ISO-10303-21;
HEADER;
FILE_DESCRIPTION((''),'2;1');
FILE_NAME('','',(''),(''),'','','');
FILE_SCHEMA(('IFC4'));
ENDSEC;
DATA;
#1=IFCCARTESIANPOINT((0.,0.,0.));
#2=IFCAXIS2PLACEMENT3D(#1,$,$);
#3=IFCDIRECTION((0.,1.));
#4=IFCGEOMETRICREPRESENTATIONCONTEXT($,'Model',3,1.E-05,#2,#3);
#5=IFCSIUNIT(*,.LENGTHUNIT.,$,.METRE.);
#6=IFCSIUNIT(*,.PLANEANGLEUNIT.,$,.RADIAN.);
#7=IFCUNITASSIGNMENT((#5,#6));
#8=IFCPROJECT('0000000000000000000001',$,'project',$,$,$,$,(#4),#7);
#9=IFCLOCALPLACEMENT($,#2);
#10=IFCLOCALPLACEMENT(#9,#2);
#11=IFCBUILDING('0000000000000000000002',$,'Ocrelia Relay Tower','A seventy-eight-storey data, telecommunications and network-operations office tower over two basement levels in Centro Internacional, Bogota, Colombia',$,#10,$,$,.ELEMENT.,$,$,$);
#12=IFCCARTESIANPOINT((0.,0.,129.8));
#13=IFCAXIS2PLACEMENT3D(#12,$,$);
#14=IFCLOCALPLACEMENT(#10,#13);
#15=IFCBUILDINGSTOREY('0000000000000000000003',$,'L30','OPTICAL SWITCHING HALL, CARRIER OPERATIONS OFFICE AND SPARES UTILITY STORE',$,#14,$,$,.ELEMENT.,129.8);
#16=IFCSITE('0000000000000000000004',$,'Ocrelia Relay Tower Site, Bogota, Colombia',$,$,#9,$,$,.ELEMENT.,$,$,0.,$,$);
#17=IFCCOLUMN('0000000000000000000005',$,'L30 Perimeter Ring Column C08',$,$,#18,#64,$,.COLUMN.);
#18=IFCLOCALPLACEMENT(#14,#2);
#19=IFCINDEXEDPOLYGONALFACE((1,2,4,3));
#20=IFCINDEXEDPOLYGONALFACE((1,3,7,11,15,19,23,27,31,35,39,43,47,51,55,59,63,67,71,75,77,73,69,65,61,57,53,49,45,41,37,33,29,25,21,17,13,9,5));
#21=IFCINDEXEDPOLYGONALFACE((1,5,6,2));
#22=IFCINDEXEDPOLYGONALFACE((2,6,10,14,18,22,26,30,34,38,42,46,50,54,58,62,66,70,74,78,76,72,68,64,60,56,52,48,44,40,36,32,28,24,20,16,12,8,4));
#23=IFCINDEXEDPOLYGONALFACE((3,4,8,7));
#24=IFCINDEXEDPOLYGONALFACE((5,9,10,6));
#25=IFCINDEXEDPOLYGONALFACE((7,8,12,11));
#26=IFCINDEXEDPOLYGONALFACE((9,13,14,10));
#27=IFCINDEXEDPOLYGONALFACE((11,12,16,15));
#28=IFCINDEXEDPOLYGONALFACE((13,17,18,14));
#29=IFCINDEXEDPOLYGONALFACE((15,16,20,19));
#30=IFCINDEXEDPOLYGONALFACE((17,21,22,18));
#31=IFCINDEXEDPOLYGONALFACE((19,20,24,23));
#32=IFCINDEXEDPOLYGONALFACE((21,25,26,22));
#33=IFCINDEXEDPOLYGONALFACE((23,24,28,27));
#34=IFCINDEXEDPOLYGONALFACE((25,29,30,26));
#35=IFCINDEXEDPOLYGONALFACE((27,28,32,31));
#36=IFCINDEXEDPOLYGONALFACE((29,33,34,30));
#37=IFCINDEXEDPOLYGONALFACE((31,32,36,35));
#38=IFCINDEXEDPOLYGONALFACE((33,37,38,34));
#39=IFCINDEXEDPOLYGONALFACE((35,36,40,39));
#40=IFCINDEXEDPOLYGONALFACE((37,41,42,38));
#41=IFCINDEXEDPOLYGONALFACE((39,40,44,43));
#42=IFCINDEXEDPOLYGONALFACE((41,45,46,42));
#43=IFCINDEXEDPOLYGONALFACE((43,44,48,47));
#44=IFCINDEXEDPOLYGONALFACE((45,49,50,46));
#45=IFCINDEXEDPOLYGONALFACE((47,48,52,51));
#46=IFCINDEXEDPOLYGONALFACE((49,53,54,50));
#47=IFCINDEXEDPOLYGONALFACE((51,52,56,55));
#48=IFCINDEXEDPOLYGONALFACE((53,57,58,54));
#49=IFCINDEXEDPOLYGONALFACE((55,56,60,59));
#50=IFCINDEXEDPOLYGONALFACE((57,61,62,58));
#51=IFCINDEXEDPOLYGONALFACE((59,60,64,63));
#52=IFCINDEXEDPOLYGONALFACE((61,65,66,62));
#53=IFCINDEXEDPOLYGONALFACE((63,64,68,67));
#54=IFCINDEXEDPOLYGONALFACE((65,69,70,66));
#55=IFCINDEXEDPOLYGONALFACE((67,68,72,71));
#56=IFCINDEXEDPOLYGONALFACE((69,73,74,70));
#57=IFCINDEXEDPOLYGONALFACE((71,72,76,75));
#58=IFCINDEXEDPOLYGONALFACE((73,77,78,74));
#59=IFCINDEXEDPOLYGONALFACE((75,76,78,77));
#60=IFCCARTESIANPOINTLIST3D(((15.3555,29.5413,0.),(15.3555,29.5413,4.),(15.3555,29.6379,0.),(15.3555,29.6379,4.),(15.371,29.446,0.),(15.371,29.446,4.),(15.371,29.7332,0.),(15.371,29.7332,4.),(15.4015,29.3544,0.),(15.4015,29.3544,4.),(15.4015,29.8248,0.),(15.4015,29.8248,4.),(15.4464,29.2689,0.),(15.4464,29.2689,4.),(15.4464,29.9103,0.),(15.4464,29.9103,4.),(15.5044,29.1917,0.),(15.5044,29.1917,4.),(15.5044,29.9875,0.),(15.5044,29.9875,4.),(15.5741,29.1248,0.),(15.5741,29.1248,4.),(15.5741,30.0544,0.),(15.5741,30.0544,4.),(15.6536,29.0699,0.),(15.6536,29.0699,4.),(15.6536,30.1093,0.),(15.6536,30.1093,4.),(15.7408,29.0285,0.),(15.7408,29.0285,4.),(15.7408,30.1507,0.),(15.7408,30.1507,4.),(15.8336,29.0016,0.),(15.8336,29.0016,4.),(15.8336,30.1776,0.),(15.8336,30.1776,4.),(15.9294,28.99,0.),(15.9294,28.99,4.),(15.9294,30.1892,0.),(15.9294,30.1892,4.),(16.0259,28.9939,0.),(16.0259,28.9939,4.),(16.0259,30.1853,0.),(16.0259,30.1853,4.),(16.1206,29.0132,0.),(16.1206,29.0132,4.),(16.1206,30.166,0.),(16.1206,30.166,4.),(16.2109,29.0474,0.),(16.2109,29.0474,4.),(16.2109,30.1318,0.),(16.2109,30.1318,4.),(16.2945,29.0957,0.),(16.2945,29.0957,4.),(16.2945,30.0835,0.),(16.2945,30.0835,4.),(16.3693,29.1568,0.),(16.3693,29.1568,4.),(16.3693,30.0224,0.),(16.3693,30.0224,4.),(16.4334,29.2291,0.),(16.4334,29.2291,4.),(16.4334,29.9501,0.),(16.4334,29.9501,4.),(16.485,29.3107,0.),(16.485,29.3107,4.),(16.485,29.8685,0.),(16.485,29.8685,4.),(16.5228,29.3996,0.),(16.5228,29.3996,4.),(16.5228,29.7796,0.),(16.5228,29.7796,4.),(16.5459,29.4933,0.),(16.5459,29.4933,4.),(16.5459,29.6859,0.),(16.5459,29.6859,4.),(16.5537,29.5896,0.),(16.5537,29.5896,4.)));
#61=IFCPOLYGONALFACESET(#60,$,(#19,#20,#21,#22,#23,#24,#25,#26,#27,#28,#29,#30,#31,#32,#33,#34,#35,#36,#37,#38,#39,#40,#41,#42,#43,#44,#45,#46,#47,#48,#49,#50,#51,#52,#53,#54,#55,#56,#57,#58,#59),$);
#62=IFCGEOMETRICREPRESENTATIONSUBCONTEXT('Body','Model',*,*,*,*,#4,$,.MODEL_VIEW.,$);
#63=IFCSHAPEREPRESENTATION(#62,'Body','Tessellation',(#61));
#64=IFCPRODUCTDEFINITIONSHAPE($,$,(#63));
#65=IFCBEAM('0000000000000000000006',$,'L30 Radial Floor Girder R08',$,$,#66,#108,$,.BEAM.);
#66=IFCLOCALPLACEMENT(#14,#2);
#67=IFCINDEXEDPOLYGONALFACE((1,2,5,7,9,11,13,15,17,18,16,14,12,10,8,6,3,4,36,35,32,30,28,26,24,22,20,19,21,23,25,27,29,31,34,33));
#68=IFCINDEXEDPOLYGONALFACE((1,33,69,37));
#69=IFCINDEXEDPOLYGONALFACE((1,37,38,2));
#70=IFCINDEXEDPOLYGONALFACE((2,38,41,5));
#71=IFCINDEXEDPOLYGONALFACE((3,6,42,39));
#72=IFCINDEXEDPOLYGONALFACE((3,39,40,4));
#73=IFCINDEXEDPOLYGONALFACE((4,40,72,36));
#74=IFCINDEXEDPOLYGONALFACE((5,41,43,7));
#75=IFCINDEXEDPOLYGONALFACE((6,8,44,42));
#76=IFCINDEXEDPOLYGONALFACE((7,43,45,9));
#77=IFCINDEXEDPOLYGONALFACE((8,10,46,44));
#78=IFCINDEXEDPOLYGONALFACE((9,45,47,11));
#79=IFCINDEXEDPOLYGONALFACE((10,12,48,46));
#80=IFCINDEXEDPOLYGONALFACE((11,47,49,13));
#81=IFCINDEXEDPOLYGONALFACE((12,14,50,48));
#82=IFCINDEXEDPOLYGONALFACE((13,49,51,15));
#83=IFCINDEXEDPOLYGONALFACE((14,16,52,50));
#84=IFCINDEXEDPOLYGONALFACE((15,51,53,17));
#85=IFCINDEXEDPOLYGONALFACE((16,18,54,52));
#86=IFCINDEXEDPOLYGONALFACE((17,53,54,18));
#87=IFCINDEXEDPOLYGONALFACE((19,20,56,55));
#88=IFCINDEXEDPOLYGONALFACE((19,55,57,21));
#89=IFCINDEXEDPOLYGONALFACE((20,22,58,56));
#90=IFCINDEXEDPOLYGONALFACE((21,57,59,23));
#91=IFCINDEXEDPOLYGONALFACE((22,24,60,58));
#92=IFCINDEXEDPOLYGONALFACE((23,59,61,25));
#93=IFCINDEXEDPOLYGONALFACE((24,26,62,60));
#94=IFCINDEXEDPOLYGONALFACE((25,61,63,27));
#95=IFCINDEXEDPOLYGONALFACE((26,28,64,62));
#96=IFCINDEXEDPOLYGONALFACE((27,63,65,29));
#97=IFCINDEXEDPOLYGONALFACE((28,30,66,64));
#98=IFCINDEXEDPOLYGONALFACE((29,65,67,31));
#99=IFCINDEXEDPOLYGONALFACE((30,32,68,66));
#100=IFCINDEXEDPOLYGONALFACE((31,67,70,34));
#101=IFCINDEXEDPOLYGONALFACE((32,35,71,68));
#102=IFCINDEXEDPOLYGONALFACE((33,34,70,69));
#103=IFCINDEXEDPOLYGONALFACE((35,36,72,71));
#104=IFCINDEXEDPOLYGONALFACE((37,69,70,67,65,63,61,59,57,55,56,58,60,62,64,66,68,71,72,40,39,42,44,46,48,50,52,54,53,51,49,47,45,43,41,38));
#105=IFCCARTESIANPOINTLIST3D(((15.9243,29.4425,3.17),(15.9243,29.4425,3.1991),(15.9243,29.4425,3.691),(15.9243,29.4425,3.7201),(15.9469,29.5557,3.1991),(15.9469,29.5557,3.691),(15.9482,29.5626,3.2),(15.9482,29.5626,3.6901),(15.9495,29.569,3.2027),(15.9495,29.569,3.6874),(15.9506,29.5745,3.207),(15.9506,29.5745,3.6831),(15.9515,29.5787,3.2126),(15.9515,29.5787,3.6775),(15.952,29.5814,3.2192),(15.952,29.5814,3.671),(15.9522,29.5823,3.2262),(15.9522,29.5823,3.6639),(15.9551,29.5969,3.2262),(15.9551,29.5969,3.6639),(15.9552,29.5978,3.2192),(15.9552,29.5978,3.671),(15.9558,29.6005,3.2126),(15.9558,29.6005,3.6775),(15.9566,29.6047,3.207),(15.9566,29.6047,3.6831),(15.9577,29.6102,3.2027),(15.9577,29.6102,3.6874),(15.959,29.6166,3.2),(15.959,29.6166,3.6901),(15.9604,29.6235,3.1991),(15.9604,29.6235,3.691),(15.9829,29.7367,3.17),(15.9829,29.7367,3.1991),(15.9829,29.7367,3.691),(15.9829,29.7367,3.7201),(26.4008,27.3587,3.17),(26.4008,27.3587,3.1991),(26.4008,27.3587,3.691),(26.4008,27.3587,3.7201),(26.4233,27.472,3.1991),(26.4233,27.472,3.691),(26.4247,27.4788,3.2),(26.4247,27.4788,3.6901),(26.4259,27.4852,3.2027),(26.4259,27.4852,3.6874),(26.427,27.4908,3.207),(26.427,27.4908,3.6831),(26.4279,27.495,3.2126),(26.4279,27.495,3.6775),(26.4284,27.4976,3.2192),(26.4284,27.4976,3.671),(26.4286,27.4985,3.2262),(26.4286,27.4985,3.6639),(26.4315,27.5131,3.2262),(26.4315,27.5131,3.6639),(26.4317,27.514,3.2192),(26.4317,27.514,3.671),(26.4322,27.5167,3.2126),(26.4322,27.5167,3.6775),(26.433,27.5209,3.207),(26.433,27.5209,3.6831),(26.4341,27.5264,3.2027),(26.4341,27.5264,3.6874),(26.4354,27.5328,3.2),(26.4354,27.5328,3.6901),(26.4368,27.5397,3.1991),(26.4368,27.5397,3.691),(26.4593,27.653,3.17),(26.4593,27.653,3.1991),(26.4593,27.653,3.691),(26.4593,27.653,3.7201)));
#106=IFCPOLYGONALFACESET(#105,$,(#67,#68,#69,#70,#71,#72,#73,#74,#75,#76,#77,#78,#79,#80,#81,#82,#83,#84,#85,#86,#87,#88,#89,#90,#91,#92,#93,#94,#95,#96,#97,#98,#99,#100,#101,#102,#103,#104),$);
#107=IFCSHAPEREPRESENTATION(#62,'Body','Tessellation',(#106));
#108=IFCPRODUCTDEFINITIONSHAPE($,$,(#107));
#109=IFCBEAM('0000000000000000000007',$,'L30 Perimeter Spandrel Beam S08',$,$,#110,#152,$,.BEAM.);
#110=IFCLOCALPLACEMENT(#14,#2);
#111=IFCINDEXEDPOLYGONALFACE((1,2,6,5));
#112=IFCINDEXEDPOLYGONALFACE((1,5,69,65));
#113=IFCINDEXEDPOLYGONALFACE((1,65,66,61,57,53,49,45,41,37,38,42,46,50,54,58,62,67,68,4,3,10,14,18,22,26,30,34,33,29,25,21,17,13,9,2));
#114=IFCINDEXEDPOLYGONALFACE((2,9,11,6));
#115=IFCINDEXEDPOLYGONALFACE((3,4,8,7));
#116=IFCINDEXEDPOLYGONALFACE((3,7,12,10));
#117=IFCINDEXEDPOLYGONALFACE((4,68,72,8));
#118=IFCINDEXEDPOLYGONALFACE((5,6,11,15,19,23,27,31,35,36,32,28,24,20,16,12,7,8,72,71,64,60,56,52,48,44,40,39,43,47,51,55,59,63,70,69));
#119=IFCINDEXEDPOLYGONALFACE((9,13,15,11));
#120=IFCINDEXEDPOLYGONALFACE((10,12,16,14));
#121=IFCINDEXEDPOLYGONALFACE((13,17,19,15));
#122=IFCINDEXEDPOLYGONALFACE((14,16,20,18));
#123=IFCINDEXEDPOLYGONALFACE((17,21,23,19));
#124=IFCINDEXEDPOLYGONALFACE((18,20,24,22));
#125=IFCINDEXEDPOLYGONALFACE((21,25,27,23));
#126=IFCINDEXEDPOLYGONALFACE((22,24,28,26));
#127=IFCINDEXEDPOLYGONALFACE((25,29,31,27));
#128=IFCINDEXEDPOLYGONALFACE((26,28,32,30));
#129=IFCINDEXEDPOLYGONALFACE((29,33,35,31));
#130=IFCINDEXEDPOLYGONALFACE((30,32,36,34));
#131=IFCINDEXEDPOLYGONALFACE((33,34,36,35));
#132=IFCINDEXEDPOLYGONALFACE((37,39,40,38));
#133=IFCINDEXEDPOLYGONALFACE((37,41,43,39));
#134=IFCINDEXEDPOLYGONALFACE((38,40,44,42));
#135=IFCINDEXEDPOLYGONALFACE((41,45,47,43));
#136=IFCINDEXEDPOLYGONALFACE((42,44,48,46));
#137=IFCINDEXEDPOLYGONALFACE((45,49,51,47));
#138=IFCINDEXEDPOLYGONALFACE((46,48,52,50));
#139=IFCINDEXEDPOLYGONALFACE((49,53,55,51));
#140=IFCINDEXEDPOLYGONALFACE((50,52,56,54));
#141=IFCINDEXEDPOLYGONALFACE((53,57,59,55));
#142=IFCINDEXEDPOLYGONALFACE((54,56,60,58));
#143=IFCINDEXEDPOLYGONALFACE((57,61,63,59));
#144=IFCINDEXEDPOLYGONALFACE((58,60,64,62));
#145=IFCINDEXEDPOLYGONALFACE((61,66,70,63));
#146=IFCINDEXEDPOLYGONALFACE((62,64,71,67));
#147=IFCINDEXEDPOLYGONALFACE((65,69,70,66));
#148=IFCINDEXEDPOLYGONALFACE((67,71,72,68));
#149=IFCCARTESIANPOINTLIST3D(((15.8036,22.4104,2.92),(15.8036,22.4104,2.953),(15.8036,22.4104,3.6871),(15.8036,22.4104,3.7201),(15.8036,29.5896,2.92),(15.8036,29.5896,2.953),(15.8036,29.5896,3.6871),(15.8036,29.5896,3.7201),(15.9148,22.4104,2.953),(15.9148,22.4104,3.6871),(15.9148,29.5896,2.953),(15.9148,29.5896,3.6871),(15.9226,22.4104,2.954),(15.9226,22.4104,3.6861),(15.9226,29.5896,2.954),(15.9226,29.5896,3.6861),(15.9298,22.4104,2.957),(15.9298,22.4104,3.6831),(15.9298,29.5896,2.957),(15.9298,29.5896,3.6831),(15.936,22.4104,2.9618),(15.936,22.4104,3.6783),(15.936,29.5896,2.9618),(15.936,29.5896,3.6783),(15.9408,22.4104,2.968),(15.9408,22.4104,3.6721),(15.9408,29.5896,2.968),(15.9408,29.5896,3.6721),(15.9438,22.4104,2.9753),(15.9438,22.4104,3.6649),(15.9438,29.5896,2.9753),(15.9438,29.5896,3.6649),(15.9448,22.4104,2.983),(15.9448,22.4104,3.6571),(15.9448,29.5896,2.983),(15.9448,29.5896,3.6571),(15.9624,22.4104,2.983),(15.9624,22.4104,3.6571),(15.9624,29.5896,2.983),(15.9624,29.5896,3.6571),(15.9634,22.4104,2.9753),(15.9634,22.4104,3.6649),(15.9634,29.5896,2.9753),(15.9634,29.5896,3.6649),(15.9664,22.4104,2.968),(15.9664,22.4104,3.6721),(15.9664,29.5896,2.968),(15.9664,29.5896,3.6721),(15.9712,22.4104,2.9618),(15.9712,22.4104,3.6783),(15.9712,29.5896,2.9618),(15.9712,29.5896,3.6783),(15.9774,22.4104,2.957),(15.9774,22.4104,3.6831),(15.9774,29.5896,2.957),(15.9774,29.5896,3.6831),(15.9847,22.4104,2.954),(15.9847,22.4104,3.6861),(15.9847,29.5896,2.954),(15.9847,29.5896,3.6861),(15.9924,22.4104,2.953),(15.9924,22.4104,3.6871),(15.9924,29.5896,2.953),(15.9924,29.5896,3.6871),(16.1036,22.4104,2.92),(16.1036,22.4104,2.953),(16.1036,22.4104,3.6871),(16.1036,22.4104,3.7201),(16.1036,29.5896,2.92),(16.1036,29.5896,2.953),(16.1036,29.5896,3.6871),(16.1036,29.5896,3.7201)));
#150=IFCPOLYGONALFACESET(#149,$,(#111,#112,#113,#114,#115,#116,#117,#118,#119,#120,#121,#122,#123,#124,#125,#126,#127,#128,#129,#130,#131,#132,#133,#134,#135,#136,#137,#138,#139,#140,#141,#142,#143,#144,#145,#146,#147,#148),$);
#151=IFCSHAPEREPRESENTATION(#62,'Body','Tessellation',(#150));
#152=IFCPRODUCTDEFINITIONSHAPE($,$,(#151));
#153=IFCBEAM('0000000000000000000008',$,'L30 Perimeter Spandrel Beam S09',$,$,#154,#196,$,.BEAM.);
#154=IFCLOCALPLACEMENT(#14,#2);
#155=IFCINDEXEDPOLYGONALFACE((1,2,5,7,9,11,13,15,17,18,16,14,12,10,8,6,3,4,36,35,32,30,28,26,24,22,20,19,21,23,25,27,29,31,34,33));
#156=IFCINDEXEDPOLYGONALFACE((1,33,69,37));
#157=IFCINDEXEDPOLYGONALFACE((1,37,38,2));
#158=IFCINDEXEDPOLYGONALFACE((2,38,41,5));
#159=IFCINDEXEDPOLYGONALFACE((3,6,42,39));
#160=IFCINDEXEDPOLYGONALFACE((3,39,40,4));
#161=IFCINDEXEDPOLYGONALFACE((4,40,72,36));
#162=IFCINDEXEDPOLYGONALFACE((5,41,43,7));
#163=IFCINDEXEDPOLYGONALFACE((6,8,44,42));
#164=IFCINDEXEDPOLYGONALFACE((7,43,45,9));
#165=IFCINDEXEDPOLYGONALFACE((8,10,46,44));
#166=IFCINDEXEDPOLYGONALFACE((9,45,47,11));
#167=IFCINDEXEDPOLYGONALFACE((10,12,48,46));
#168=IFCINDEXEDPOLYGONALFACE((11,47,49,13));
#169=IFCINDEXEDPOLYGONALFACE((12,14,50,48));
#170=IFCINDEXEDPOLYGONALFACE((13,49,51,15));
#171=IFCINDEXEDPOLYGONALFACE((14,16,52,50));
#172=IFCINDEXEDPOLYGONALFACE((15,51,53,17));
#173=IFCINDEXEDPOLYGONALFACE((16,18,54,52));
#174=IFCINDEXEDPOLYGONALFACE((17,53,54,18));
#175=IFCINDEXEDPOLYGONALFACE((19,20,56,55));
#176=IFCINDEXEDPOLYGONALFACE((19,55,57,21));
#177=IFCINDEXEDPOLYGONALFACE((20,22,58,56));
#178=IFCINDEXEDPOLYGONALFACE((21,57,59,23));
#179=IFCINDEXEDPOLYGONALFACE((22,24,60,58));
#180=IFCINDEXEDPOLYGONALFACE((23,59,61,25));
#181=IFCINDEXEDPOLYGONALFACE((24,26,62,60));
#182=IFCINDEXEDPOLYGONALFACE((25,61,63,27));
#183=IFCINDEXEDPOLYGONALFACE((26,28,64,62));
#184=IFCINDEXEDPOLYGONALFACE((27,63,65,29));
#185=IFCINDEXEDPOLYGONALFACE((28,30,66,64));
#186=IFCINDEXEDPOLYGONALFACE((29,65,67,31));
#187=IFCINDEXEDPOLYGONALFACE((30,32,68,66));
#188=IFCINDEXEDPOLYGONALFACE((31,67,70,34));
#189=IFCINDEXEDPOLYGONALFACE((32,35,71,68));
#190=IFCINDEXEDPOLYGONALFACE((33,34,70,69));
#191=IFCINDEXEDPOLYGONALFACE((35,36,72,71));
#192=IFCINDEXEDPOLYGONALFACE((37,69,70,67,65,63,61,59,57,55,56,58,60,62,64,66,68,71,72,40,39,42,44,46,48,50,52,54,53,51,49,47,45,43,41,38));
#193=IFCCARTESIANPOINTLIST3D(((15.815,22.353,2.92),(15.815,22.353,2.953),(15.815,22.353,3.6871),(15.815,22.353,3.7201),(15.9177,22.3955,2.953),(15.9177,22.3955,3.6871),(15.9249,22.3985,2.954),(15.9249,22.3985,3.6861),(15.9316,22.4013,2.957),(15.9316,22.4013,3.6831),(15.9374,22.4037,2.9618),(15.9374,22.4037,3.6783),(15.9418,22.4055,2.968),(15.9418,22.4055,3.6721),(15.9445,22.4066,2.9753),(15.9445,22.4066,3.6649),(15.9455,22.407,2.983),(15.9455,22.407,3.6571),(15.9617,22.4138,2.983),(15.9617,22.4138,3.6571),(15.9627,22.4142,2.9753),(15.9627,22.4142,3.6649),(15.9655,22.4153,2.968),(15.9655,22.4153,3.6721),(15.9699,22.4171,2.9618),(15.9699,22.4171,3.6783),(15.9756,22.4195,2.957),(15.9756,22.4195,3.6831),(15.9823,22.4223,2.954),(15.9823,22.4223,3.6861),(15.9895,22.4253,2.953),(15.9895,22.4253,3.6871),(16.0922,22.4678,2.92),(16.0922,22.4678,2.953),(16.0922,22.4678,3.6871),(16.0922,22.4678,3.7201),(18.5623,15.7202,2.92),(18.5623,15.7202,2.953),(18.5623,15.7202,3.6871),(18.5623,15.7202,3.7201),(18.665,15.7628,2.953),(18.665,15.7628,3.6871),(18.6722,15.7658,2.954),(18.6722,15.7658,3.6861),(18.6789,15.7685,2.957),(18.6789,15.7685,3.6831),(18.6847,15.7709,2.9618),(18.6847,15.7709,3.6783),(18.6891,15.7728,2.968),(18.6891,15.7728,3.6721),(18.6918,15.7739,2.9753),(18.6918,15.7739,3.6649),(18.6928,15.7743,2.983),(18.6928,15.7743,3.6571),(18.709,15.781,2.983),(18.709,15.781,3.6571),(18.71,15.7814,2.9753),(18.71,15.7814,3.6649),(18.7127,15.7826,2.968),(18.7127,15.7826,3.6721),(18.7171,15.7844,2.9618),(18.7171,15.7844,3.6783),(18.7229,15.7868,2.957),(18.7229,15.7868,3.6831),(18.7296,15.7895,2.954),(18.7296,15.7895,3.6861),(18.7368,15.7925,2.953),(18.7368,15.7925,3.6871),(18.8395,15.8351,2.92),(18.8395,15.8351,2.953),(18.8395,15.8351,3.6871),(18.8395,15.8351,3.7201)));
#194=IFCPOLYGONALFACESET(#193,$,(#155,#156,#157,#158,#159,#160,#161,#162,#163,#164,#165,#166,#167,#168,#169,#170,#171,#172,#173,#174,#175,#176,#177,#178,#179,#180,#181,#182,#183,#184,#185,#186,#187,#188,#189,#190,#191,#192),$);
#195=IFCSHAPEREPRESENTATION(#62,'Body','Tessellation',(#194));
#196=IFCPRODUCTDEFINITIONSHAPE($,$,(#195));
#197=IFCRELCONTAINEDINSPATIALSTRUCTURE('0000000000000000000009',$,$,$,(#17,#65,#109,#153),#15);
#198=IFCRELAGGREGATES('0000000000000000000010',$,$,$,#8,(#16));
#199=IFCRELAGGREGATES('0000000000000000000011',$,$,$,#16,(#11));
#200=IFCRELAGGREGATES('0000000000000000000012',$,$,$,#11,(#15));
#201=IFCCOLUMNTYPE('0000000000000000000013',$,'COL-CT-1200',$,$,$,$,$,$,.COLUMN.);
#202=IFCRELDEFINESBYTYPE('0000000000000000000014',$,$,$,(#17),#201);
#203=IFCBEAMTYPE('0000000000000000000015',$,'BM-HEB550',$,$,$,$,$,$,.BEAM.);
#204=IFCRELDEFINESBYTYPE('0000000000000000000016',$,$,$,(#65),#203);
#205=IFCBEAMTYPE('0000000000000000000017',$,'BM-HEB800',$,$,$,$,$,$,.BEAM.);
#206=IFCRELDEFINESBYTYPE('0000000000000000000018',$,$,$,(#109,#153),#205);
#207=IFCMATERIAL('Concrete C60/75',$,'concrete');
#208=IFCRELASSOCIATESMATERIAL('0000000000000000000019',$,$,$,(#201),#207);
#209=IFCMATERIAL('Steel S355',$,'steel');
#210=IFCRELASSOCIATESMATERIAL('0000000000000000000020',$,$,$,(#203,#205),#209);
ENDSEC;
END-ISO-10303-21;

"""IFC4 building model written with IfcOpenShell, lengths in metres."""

from ifc_helpers import new_model, si_unit, direction, frame, origin, origin_2d, place, context, subcontext, project, spatial, circle, i_section, extrude, material, material_profile, profile_set, type_object, element, save


model = new_model("IFC4")

# Units and contexts
model_context = context("Model", 3, precision=1e-05, world=origin(), true_north=direction((0.0, 1.0)))
body_context = subcontext(model_context, "Body", "Model", "MODEL_VIEW")
ifc_project = project(units=[si_unit("LENGTHUNIT", "METRE"), si_unit("PLANEANGLEUNIT", "RADIAN")], contexts=[model_context])

# Site, building, storey
site_placement = place(None, origin())
site = spatial("IfcSite", under=ifc_project, at=site_placement, Name="Ocrelia Relay Tower Site, Bogota, Colombia", CompositionType="ELEMENT", RefElevation=0.0)
building_placement = place(site_placement, origin())
building = spatial("IfcBuilding", under=site, at=building_placement, Name="Ocrelia Relay Tower", Description="A seventy-eight-storey data, telecommunications and network-operations office tower over two basement levels in Centro Internacional, Bogota, Colombia", CompositionType="ELEMENT")
storey_placement = place(building_placement, frame((0.0, 0.0, 129.8)))
storey = spatial("IfcBuildingStorey", under=building, at=storey_placement, Name="L30", Description="OPTICAL SWITCHING HALL, CARRIER OPERATIONS OFFICE AND SPARES UTILITY STORE", CompositionType="ELEMENT", Elevation=129.8)

# Column
ifc_material_1 = material(Name="Concrete C60/75", Category="concrete")
ifc_material_profile_1 = material_profile(ifc_material_1, circle(Radius=0.6001, at=origin_2d()), Name="RC-CIR-1200")
ifc_profile_set_1 = profile_set([ifc_material_profile_1], Name="Concrete C60/75")
column_type = type_object("IfcColumnType", Name="COL-CT-1200", PredefinedType="COLUMN", material=ifc_profile_set_1)
column_placement = place(storey_placement, frame((15.9536, 29.5896, 0.0), z_axis=(0.0, 0.0, 1.0), x_axis=(1.0, 0.0, 0.0)))
element("IfcColumn", 1, at=column_placement, inside=storey, type_object=column_type, Name="L30 Perimeter Ring Column C08", PredefinedType="COLUMN", context=body_context, shape_type="SweptSolid", body=[
    extrude(circle(Radius=0.6001, at=origin_2d()), origin(), (0.0, 0.0, 1.0), 4.0),
])

# Beams
ifc_material_2 = material(Name="Steel S355", Category="steel")
ifc_material_profile_2 = material_profile(ifc_material_2, i_section(OverallWidth=0.3, OverallDepth=0.55, WebThickness=0.0149, FlangeThickness=0.0291, FilletRadius=0.0271, at=origin_2d()), Name="HEB 550")
ifc_profile_set_2 = profile_set([ifc_material_profile_2], Name="Steel S355")
beam_type_1 = type_object("IfcBeamType", Name="BM-HEB550", PredefinedType="BEAM", material=ifc_profile_set_2)
beam_1_placement = place(storey_placement, frame((15.9536, 29.5896, 3.4451), z_axis=(0.980788, -0.195079, 0.0), x_axis=(0.195079, 0.980788, 0.0)))
element("IfcBeam", 2, at=beam_1_placement, inside=storey, type_object=beam_type_1, Name="L30 Radial Floor Girder R08", PredefinedType="BEAM", context=body_context, shape_type="SweptSolid", body=[
    extrude(i_section(OverallWidth=0.3, OverallDepth=0.55, WebThickness=0.0149, FlangeThickness=0.0291, FilletRadius=0.0271, at=origin_2d()), origin(), (0.0, 0.0, 1.0), 10.6816),
])
ifc_material_profile_3 = material_profile(ifc_material_2, i_section(OverallWidth=0.3, OverallDepth=0.8, WebThickness=0.0176, FlangeThickness=0.033, FilletRadius=0.03, at=origin_2d()), Name="HEB 800")
ifc_profile_set_3 = profile_set([ifc_material_profile_3], Name="Steel S355")
beam_type_2 = type_object("IfcBeamType", Name="BM-HEB800", PredefinedType="BEAM", material=ifc_profile_set_3)
for number, where, z_axis, x_axis, name in (
    (3, (15.9536, 29.5896, 3.3201), (0.0, -1.0, 0.0), (1.0, 0.0, 0.0), "L30 Perimeter Spandrel Beam S08"),
    (4, (15.9536, 22.4104, 3.3201), (0.382673, -0.923884, 0.0), (0.923884, 0.382673, 0.0), "L30 Perimeter Spandrel Beam S09"),
):
    element("IfcBeam", number, at=place(storey_placement, frame(where, z_axis=z_axis, x_axis=x_axis)), inside=storey, type_object=beam_type_2, Name=name, PredefinedType="BEAM", context=body_context, shape_type="SweptSolid", body=[
        extrude(i_section(OverallWidth=0.3, OverallDepth=0.8, WebThickness=0.0176, FlangeThickness=0.033, FilletRadius=0.03, at=origin_2d()), origin(), (0.0, 0.0, 1.0), 7.1792),
    ])

save(model, "model.ifc")
